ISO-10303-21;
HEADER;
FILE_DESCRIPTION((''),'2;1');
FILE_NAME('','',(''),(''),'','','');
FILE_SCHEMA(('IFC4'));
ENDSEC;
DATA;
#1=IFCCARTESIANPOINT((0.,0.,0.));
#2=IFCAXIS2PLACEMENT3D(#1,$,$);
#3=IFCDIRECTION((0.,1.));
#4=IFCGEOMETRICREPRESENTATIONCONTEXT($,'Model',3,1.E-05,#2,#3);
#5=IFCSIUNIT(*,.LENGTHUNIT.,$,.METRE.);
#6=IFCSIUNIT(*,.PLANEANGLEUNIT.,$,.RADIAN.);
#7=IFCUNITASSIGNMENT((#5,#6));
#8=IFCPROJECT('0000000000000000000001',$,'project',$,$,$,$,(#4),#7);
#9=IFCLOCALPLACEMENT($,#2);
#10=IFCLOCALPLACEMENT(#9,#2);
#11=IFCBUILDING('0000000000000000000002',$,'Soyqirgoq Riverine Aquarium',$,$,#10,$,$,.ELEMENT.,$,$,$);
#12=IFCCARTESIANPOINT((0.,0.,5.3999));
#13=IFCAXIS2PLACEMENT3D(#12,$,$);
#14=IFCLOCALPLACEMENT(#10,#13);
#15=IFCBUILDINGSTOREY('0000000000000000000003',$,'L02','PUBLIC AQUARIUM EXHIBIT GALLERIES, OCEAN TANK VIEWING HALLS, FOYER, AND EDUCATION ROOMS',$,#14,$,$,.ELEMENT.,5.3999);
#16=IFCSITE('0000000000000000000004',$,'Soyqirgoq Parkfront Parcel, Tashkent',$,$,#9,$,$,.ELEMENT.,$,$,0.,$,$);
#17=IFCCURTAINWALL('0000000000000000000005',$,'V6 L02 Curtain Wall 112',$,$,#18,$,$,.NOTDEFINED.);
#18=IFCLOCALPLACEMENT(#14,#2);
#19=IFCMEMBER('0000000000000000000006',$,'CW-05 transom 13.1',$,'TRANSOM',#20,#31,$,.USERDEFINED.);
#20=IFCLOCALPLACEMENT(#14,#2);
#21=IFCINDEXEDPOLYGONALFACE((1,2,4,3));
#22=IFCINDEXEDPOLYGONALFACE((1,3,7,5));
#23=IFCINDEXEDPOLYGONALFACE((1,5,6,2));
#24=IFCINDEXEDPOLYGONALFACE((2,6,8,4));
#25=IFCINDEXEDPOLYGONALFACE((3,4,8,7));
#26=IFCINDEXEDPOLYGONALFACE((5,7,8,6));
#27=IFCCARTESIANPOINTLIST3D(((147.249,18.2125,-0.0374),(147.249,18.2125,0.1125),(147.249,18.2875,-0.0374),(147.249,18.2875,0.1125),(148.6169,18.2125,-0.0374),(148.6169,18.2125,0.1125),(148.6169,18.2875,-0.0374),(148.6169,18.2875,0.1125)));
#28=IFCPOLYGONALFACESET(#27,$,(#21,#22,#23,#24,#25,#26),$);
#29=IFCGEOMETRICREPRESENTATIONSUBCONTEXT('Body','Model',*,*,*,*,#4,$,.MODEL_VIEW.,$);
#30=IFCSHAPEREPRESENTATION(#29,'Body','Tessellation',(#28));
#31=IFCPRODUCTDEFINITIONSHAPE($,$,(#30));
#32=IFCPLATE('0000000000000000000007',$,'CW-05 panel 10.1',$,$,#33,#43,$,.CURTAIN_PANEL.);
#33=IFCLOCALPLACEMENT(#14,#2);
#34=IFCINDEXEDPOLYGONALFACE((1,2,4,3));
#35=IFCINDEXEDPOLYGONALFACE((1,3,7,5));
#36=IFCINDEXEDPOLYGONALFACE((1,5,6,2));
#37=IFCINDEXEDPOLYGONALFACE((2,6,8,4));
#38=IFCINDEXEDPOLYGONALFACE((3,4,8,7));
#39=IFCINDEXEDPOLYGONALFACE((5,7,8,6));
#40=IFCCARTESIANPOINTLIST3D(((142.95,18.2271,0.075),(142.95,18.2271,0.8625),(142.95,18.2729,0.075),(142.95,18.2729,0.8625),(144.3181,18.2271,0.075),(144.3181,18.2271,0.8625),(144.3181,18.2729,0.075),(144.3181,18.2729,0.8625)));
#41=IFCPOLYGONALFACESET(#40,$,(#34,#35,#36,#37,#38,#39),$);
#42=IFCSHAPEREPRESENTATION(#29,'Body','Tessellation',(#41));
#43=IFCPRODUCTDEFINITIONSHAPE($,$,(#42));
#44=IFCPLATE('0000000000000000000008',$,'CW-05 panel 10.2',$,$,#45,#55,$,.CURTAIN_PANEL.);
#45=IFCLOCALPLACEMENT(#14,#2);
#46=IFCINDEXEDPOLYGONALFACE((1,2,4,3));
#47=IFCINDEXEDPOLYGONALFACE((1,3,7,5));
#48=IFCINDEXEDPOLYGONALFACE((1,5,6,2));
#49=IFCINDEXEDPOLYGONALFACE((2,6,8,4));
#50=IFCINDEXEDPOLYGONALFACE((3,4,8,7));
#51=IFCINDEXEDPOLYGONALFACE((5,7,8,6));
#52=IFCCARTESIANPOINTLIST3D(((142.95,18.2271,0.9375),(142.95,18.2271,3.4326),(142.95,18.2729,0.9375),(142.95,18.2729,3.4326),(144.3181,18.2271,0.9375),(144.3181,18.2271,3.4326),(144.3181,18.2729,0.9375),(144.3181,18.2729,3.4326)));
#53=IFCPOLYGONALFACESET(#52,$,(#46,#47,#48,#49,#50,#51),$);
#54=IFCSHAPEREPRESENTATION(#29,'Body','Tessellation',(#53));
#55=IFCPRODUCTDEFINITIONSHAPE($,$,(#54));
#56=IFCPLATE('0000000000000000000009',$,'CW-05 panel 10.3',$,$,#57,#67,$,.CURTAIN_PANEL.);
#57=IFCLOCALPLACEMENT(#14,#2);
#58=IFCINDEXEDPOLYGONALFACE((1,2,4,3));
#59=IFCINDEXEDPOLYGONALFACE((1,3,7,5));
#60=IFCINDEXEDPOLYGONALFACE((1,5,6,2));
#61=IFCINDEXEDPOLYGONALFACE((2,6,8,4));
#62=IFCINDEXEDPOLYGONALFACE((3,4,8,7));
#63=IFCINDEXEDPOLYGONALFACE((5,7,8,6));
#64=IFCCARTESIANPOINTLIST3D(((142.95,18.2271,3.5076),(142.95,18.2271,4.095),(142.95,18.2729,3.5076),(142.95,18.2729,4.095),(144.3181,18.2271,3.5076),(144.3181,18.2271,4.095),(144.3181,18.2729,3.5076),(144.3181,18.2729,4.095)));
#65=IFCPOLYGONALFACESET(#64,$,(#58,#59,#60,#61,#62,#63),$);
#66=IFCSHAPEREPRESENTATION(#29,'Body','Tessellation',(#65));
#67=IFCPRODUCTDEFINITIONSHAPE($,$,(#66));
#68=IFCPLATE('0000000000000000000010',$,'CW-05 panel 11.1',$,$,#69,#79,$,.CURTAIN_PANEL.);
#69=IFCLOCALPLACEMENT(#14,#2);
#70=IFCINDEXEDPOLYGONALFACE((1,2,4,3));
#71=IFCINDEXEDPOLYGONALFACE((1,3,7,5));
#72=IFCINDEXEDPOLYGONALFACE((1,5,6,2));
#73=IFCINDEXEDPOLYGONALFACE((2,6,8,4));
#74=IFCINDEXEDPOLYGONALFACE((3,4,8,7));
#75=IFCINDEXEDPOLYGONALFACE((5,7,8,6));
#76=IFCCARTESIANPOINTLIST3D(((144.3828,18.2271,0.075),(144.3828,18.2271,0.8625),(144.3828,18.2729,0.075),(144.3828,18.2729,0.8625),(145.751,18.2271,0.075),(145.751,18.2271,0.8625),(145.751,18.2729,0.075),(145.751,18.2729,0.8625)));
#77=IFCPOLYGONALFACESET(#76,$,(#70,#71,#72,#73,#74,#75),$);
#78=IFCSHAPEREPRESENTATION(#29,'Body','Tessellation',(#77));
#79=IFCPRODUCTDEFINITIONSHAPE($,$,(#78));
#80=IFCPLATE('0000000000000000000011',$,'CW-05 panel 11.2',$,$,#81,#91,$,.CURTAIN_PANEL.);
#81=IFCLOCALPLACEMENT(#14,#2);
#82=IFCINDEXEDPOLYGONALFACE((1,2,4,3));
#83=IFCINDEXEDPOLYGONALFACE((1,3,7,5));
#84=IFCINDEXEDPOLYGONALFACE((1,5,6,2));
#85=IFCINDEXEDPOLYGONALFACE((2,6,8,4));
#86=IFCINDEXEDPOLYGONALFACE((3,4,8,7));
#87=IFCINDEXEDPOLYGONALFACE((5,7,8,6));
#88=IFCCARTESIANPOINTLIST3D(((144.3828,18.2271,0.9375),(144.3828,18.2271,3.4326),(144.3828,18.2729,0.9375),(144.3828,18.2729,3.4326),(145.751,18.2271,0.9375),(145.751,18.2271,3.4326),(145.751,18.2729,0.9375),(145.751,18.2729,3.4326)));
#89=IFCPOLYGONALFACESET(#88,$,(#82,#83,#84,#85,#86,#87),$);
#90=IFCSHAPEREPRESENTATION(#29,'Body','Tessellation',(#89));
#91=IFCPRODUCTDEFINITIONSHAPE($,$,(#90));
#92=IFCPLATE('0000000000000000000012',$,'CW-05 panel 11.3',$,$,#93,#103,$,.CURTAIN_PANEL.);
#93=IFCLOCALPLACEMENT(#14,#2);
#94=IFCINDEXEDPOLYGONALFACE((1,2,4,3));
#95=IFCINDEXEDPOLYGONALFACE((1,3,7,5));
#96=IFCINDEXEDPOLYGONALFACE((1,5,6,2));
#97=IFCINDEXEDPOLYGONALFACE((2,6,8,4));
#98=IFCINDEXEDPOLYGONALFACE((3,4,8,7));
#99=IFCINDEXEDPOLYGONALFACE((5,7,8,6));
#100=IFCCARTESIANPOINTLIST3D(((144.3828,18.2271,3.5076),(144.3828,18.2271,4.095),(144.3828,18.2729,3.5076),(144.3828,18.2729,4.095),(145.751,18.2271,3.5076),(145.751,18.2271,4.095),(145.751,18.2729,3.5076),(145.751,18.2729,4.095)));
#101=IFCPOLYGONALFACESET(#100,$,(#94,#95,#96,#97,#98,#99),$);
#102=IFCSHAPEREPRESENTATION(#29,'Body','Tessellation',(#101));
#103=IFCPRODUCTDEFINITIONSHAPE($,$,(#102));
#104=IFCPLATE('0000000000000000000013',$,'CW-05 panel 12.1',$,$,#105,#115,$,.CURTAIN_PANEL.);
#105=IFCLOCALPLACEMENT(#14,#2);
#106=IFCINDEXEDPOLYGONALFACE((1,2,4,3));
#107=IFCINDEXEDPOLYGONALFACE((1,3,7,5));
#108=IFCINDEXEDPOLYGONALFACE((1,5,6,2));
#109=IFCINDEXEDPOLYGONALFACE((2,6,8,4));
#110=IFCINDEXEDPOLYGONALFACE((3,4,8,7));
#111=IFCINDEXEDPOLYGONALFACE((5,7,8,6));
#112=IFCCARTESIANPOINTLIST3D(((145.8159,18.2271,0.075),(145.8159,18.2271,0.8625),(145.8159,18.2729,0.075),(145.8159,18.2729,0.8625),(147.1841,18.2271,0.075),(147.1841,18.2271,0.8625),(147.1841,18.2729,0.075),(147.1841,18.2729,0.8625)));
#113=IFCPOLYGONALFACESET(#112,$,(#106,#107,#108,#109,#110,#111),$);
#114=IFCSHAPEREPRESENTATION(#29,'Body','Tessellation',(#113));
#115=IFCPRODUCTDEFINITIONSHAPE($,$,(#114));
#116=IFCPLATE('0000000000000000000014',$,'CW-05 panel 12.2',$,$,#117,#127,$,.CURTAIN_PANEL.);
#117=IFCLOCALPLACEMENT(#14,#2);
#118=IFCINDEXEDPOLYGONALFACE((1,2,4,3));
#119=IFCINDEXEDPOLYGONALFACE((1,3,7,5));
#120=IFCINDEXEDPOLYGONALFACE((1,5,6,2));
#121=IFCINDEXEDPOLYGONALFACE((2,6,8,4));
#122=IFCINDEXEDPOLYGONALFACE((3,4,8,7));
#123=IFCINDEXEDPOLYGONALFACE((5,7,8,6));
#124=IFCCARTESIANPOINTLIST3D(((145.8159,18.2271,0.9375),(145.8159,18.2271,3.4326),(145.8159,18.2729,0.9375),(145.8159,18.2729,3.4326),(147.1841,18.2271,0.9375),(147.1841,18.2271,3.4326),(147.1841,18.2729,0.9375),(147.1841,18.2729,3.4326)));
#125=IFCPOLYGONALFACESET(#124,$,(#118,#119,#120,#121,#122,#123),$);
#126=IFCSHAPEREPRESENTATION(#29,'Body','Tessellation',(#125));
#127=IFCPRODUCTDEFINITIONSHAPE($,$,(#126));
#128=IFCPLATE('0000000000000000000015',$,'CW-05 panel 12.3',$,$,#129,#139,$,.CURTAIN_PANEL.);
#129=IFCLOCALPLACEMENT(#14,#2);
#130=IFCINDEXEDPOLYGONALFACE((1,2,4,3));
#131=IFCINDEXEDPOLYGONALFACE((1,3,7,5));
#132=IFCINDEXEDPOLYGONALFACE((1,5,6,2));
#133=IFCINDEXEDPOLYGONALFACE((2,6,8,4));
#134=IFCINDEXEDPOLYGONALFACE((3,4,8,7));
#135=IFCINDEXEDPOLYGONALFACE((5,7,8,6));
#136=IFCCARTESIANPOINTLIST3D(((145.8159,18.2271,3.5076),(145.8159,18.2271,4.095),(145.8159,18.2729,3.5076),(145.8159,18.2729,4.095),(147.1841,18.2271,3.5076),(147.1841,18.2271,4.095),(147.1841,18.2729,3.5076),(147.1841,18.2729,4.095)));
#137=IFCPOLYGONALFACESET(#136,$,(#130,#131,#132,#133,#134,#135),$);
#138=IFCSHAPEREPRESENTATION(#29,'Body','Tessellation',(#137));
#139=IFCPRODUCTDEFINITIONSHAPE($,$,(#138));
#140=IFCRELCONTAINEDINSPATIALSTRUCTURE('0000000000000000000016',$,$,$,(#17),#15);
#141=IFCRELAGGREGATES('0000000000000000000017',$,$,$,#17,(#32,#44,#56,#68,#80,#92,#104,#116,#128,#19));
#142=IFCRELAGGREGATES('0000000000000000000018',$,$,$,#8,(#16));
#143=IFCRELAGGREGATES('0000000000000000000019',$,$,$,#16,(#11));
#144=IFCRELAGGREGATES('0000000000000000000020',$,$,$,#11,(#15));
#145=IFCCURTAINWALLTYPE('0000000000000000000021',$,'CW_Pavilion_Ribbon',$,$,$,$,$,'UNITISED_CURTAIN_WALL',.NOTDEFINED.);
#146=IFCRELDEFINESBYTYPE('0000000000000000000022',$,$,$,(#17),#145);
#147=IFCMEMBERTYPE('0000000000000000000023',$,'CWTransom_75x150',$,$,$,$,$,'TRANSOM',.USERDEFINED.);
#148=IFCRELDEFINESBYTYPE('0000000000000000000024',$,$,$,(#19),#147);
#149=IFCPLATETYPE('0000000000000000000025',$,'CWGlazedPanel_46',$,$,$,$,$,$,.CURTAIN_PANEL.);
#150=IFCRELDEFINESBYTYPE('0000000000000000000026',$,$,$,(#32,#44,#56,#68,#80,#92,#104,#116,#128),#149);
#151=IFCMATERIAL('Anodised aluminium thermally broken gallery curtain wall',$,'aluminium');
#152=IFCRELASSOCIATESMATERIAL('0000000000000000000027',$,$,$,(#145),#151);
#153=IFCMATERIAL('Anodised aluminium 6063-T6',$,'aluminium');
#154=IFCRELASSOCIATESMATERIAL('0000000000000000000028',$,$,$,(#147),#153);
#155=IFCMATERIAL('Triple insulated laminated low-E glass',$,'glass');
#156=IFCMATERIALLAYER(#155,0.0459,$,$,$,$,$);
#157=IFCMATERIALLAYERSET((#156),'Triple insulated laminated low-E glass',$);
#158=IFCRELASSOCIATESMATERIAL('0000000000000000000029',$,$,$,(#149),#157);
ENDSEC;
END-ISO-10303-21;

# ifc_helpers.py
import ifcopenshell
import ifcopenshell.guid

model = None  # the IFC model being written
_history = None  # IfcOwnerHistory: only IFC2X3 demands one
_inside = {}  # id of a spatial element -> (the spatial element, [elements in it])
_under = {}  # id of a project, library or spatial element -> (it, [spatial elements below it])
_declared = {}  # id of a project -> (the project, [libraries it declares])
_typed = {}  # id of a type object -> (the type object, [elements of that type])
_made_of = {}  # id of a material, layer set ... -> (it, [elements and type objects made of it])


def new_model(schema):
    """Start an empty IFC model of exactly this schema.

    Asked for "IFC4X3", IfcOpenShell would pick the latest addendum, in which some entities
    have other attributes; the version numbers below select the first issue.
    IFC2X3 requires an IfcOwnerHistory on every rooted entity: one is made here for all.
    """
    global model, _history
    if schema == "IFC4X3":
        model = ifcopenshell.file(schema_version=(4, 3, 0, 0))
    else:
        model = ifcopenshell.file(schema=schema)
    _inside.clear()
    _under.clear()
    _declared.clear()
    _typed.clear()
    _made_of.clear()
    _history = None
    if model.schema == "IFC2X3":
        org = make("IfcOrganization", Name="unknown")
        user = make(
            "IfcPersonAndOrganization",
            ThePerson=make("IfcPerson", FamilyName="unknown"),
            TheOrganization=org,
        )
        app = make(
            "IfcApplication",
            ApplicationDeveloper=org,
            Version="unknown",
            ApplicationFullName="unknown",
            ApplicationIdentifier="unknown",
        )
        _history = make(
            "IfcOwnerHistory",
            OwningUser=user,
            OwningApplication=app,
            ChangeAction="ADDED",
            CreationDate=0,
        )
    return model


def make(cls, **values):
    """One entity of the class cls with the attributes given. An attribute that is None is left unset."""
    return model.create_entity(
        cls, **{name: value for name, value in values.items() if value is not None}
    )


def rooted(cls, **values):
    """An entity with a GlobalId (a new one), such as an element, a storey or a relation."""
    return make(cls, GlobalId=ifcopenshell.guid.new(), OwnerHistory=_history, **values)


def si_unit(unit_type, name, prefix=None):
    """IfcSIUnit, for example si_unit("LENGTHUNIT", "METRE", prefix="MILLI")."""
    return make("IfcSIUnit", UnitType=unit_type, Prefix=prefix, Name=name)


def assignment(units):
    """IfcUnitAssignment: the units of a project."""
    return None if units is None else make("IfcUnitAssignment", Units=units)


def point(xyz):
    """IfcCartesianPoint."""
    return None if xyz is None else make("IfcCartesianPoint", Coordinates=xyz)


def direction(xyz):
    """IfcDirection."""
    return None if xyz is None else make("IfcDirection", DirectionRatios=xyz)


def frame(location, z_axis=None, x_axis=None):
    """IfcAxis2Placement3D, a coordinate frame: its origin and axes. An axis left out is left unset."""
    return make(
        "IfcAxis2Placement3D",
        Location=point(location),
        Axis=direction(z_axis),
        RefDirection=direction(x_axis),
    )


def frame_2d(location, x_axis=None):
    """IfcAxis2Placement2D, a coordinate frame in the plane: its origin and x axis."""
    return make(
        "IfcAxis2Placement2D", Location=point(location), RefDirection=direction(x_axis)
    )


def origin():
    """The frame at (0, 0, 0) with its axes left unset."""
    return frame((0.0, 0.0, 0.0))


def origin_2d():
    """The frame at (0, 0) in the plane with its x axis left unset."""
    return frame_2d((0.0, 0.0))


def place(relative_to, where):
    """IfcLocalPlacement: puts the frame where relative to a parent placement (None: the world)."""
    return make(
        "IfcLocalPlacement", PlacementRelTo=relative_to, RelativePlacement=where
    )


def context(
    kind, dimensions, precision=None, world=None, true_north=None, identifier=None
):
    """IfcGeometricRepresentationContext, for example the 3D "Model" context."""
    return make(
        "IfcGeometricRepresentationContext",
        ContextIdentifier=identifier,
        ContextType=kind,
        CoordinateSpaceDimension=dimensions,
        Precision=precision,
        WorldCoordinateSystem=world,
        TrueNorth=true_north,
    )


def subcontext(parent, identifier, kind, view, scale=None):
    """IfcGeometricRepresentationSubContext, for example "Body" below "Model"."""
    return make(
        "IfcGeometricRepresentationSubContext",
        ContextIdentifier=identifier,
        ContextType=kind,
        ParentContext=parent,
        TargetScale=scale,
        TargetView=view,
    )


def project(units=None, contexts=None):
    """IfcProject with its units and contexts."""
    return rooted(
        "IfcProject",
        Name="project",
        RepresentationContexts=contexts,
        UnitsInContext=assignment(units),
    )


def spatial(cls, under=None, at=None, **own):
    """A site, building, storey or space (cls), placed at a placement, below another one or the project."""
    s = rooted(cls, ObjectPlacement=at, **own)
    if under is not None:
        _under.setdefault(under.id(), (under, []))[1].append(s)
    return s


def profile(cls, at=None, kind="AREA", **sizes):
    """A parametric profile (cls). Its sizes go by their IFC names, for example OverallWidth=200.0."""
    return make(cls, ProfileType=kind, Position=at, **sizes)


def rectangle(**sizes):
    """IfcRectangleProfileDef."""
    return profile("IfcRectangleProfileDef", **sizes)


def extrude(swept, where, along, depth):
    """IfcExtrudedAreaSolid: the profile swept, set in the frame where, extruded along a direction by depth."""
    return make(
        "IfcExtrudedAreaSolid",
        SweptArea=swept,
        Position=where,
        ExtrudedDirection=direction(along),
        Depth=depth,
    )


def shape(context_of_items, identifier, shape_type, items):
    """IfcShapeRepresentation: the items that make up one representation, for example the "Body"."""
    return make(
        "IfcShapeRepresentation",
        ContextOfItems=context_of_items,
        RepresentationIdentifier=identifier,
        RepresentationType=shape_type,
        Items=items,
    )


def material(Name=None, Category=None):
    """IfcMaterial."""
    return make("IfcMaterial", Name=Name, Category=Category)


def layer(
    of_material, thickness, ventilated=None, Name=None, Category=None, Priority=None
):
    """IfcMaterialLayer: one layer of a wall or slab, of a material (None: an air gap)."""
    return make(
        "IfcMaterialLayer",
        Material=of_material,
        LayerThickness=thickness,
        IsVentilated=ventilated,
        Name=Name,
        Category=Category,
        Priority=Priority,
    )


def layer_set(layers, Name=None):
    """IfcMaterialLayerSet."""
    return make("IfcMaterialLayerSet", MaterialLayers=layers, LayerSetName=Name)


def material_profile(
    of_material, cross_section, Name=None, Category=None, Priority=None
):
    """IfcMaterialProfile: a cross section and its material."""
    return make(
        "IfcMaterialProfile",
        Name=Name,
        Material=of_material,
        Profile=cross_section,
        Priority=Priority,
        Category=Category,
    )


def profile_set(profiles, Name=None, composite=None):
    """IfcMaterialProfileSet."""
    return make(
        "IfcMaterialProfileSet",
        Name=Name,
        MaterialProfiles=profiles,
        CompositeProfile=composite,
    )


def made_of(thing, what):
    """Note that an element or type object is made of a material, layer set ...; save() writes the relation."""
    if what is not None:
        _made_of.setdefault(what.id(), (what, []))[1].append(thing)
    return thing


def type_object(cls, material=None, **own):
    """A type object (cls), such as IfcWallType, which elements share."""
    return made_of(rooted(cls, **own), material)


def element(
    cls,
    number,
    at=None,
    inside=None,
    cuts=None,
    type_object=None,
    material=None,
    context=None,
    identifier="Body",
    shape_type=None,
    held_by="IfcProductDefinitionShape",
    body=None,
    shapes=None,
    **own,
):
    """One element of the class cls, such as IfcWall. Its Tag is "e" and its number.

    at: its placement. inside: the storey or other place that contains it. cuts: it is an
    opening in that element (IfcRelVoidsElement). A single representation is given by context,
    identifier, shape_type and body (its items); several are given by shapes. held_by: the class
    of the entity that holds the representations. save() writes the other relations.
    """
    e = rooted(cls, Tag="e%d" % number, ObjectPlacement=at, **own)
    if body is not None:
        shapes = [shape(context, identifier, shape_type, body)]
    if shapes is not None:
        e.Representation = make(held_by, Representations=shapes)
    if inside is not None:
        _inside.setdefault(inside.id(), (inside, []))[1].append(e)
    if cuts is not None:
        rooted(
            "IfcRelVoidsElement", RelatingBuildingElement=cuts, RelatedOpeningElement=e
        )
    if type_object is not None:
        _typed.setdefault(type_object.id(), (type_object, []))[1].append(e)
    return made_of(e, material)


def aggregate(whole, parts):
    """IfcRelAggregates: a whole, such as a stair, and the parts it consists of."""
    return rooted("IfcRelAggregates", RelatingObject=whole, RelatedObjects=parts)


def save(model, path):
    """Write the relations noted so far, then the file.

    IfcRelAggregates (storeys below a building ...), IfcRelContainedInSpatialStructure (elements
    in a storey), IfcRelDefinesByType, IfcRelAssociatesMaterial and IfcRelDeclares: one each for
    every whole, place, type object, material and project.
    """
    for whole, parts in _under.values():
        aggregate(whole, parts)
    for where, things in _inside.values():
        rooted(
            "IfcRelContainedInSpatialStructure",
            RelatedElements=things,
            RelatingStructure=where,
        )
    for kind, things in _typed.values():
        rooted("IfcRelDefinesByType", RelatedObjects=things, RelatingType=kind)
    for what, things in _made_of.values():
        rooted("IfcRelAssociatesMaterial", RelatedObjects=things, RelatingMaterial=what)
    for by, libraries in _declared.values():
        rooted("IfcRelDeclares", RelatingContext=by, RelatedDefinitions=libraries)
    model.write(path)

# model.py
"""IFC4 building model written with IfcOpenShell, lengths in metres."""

from ifc_helpers import new_model, si_unit, direction, frame, origin, origin_2d, place, context, subcontext, project, spatial, rectangle, extrude, material, layer, layer_set, material_profile, profile_set, type_object, element, aggregate, save


model = new_model("IFC4")

# Units and contexts
model_context = context("Model", 3, precision=1e-05, world=origin(), true_north=direction((0.0, 1.0)))
body_context = subcontext(model_context, "Body", "Model", "MODEL_VIEW")
ifc_project = project(units=[si_unit("LENGTHUNIT", "METRE"), si_unit("PLANEANGLEUNIT", "RADIAN")], contexts=[model_context])

# Site, building, storey
site_placement = place(None, origin())
site = spatial("IfcSite", under=ifc_project, at=site_placement, Name="Soyqirgoq Parkfront Parcel, Tashkent", CompositionType="ELEMENT", RefElevation=0.0)
building_placement = place(site_placement, origin())
building = spatial("IfcBuilding", under=site, at=building_placement, Name="Soyqirgoq Riverine Aquarium", CompositionType="ELEMENT")
storey_placement = place(building_placement, frame((0.0, 0.0, 5.3999)))
storey = spatial("IfcBuildingStorey", under=building, at=storey_placement, Name="L02", Description="PUBLIC AQUARIUM EXHIBIT GALLERIES, OCEAN TANK VIEWING HALLS, FOYER, AND EDUCATION ROOMS", CompositionType="ELEMENT", Elevation=5.3999)

# Curtain wall, member, plates
ifc_material_1 = material(Name="Anodised aluminium thermally broken gallery curtain wall", Category="aluminium")
curtain_wall_type = type_object("IfcCurtainWallType", Name="CW_Pavilion_Ribbon", ElementType="UNITISED_CURTAIN_WALL", PredefinedType="NOTDEFINED", material=ifc_material_1)
curtain_wall_placement = place(storey_placement, origin())
curtain_wall = element("IfcCurtainWall", 1, at=curtain_wall_placement, inside=storey, type_object=curtain_wall_type, Name="V6 L02 Curtain Wall 112", PredefinedType="NOTDEFINED")
ifc_material_2 = material(Name="Anodised aluminium 6063-T6", Category="aluminium")
ifc_material_profile_1 = material_profile(ifc_material_2, rectangle(XDim=0.075, YDim=0.1499, at=origin_2d()), Name="ALU-T 75x150")
ifc_profile_set_1 = profile_set([ifc_material_profile_1], Name="Anodised aluminium 6063-T6")
member_type_1 = type_object("IfcMemberType", Name="CWTransom_75x150", ElementType="TRANSOM", PredefinedType="USERDEFINED", material=ifc_profile_set_1)
member_1_placement = place(storey_placement, frame((147.249, 18.25, 0.0376), z_axis=(1.0, 0.0, 0.0), x_axis=(0.0, 1.0, 0.0)))
member_1 = element("IfcMember", 2, at=member_1_placement, type_object=member_type_1, Name="CW-05 transom 13.1", ObjectType="TRANSOM", PredefinedType="USERDEFINED", context=body_context, shape_type="SweptSolid", body=[
    extrude(rectangle(XDim=0.075, YDim=0.1499, at=origin_2d()), origin(), (0.0, 0.0, 1.0), 1.3679),
])
ifc_material_3 = material(Name="Triple insulated laminated low-E glass", Category="glass")
ifc_layer = layer(ifc_material_3, 0.0459)
ifc_layer_set = layer_set([ifc_layer], Name="Triple insulated laminated low-E glass")
plate_type = type_object("IfcPlateType", Name="CWGlazedPanel_46", PredefinedType="CURTAIN_PANEL", material=ifc_layer_set)
plate_1_placement = place(storey_placement, frame((143.634, 18.25, 0.075), z_axis=(0.0, 0.0, 1.0), x_axis=(1.0, 0.0, 0.0)))
plate_1 = element("IfcPlate", 3, at=plate_1_placement, type_object=plate_type, Name="CW-05 panel 10.1", PredefinedType="CURTAIN_PANEL", context=body_context, shape_type="SweptSolid", body=[
    extrude(rectangle(XDim=1.3682, YDim=0.0459, at=origin_2d()), origin(), (0.0, 0.0, 1.0), 0.7876),
])
plate_2_placement = place(storey_placement, frame((143.634, 18.25, 0.9375), z_axis=(0.0, 0.0, 1.0), x_axis=(1.0, 0.0, 0.0)))
plate_2 = element("IfcPlate", 4, at=plate_2_placement, type_object=plate_type, Name="CW-05 panel 10.2", PredefinedType="CURTAIN_PANEL", context=body_context, shape_type="SweptSolid", body=[
    extrude(rectangle(XDim=1.3682, YDim=0.0459, at=origin_2d()), origin(), (0.0, 0.0, 1.0), 2.4951),
])
plate_3_placement = place(storey_placement, frame((143.634, 18.25, 3.5076), z_axis=(0.0, 0.0, 1.0), x_axis=(1.0, 0.0, 0.0)))
plate_3 = element("IfcPlate", 5, at=plate_3_placement, type_object=plate_type, Name="CW-05 panel 10.3", PredefinedType="CURTAIN_PANEL", context=body_context, shape_type="SweptSolid", body=[
    extrude(rectangle(XDim=1.3682, YDim=0.0459, at=origin_2d()), origin(), (0.0, 0.0, 1.0), 0.5874),
])
plate_4_placement = place(storey_placement, frame((145.0669, 18.25, 0.075), z_axis=(0.0, 0.0, 1.0), x_axis=(1.0, 0.0, 0.0)))
plate_4 = element("IfcPlate", 6, at=plate_4_placement, type_object=plate_type, Name="CW-05 panel 11.1", PredefinedType="CURTAIN_PANEL", context=body_context, shape_type="SweptSolid", body=[
    extrude(rectangle(XDim=1.3682, YDim=0.0459, at=origin_2d()), origin(), (0.0, 0.0, 1.0), 0.7876),
])
plate_5_placement = place(storey_placement, frame((145.0669, 18.25, 0.9375), z_axis=(0.0, 0.0, 1.0), x_axis=(1.0, 0.0, 0.0)))
plate_5 = element("IfcPlate", 7, at=plate_5_placement, type_object=plate_type, Name="CW-05 panel 11.2", PredefinedType="CURTAIN_PANEL", context=body_context, shape_type="SweptSolid", body=[
    extrude(rectangle(XDim=1.3682, YDim=0.0459, at=origin_2d()), origin(), (0.0, 0.0, 1.0), 2.4951),
])
plate_6_placement = place(storey_placement, frame((145.0669, 18.25, 3.5076), z_axis=(0.0, 0.0, 1.0), x_axis=(1.0, 0.0, 0.0)))
plate_6 = element("IfcPlate", 8, at=plate_6_placement, type_object=plate_type, Name="CW-05 panel 11.3", PredefinedType="CURTAIN_PANEL", context=body_context, shape_type="SweptSolid", body=[
    extrude(rectangle(XDim=1.3682, YDim=0.0459, at=origin_2d()), origin(), (0.0, 0.0, 1.0), 0.5874),
])
plate_7_placement = place(storey_placement, frame((146.5, 18.25, 0.075), z_axis=(0.0, 0.0, 1.0), x_axis=(1.0, 0.0, 0.0)))
plate_7 = element("IfcPlate", 9, at=plate_7_placement, type_object=plate_type, Name="CW-05 panel 12.1", PredefinedType="CURTAIN_PANEL", context=body_context, shape_type="SweptSolid", body=[
    extrude(rectangle(XDim=1.3682, YDim=0.0459, at=origin_2d()), origin(), (0.0, 0.0, 1.0), 0.7876),
])
plate_8_placement = place(storey_placement, frame((146.5, 18.25, 0.9375), z_axis=(0.0, 0.0, 1.0), x_axis=(1.0, 0.0, 0.0)))
plate_8 = element("IfcPlate", 10, at=plate_8_placement, type_object=plate_type, Name="CW-05 panel 12.2", PredefinedType="CURTAIN_PANEL", context=body_context, shape_type="SweptSolid", body=[
    extrude(rectangle(XDim=1.3682, YDim=0.0459, at=origin_2d()), origin(), (0.0, 0.0, 1.0), 2.4951),
])
plate_9_placement = place(storey_placement, frame((146.5, 18.25, 3.5076), z_axis=(0.0, 0.0, 1.0), x_axis=(1.0, 0.0, 0.0)))
plate_9 = element("IfcPlate", 11, at=plate_9_placement, type_object=plate_type, Name="CW-05 panel 12.3", PredefinedType="CURTAIN_PANEL", context=body_context, shape_type="SweptSolid", body=[
    extrude(rectangle(XDim=1.3682, YDim=0.0459, at=origin_2d()), origin(), (0.0, 0.0, 1.0), 0.5874),
])
aggregate(curtain_wall, [plate_1, plate_2, plate_3, plate_4, plate_5, plate_6, plate_7, plate_8, plate_9, member_1])

save(model, "model.ifc")
